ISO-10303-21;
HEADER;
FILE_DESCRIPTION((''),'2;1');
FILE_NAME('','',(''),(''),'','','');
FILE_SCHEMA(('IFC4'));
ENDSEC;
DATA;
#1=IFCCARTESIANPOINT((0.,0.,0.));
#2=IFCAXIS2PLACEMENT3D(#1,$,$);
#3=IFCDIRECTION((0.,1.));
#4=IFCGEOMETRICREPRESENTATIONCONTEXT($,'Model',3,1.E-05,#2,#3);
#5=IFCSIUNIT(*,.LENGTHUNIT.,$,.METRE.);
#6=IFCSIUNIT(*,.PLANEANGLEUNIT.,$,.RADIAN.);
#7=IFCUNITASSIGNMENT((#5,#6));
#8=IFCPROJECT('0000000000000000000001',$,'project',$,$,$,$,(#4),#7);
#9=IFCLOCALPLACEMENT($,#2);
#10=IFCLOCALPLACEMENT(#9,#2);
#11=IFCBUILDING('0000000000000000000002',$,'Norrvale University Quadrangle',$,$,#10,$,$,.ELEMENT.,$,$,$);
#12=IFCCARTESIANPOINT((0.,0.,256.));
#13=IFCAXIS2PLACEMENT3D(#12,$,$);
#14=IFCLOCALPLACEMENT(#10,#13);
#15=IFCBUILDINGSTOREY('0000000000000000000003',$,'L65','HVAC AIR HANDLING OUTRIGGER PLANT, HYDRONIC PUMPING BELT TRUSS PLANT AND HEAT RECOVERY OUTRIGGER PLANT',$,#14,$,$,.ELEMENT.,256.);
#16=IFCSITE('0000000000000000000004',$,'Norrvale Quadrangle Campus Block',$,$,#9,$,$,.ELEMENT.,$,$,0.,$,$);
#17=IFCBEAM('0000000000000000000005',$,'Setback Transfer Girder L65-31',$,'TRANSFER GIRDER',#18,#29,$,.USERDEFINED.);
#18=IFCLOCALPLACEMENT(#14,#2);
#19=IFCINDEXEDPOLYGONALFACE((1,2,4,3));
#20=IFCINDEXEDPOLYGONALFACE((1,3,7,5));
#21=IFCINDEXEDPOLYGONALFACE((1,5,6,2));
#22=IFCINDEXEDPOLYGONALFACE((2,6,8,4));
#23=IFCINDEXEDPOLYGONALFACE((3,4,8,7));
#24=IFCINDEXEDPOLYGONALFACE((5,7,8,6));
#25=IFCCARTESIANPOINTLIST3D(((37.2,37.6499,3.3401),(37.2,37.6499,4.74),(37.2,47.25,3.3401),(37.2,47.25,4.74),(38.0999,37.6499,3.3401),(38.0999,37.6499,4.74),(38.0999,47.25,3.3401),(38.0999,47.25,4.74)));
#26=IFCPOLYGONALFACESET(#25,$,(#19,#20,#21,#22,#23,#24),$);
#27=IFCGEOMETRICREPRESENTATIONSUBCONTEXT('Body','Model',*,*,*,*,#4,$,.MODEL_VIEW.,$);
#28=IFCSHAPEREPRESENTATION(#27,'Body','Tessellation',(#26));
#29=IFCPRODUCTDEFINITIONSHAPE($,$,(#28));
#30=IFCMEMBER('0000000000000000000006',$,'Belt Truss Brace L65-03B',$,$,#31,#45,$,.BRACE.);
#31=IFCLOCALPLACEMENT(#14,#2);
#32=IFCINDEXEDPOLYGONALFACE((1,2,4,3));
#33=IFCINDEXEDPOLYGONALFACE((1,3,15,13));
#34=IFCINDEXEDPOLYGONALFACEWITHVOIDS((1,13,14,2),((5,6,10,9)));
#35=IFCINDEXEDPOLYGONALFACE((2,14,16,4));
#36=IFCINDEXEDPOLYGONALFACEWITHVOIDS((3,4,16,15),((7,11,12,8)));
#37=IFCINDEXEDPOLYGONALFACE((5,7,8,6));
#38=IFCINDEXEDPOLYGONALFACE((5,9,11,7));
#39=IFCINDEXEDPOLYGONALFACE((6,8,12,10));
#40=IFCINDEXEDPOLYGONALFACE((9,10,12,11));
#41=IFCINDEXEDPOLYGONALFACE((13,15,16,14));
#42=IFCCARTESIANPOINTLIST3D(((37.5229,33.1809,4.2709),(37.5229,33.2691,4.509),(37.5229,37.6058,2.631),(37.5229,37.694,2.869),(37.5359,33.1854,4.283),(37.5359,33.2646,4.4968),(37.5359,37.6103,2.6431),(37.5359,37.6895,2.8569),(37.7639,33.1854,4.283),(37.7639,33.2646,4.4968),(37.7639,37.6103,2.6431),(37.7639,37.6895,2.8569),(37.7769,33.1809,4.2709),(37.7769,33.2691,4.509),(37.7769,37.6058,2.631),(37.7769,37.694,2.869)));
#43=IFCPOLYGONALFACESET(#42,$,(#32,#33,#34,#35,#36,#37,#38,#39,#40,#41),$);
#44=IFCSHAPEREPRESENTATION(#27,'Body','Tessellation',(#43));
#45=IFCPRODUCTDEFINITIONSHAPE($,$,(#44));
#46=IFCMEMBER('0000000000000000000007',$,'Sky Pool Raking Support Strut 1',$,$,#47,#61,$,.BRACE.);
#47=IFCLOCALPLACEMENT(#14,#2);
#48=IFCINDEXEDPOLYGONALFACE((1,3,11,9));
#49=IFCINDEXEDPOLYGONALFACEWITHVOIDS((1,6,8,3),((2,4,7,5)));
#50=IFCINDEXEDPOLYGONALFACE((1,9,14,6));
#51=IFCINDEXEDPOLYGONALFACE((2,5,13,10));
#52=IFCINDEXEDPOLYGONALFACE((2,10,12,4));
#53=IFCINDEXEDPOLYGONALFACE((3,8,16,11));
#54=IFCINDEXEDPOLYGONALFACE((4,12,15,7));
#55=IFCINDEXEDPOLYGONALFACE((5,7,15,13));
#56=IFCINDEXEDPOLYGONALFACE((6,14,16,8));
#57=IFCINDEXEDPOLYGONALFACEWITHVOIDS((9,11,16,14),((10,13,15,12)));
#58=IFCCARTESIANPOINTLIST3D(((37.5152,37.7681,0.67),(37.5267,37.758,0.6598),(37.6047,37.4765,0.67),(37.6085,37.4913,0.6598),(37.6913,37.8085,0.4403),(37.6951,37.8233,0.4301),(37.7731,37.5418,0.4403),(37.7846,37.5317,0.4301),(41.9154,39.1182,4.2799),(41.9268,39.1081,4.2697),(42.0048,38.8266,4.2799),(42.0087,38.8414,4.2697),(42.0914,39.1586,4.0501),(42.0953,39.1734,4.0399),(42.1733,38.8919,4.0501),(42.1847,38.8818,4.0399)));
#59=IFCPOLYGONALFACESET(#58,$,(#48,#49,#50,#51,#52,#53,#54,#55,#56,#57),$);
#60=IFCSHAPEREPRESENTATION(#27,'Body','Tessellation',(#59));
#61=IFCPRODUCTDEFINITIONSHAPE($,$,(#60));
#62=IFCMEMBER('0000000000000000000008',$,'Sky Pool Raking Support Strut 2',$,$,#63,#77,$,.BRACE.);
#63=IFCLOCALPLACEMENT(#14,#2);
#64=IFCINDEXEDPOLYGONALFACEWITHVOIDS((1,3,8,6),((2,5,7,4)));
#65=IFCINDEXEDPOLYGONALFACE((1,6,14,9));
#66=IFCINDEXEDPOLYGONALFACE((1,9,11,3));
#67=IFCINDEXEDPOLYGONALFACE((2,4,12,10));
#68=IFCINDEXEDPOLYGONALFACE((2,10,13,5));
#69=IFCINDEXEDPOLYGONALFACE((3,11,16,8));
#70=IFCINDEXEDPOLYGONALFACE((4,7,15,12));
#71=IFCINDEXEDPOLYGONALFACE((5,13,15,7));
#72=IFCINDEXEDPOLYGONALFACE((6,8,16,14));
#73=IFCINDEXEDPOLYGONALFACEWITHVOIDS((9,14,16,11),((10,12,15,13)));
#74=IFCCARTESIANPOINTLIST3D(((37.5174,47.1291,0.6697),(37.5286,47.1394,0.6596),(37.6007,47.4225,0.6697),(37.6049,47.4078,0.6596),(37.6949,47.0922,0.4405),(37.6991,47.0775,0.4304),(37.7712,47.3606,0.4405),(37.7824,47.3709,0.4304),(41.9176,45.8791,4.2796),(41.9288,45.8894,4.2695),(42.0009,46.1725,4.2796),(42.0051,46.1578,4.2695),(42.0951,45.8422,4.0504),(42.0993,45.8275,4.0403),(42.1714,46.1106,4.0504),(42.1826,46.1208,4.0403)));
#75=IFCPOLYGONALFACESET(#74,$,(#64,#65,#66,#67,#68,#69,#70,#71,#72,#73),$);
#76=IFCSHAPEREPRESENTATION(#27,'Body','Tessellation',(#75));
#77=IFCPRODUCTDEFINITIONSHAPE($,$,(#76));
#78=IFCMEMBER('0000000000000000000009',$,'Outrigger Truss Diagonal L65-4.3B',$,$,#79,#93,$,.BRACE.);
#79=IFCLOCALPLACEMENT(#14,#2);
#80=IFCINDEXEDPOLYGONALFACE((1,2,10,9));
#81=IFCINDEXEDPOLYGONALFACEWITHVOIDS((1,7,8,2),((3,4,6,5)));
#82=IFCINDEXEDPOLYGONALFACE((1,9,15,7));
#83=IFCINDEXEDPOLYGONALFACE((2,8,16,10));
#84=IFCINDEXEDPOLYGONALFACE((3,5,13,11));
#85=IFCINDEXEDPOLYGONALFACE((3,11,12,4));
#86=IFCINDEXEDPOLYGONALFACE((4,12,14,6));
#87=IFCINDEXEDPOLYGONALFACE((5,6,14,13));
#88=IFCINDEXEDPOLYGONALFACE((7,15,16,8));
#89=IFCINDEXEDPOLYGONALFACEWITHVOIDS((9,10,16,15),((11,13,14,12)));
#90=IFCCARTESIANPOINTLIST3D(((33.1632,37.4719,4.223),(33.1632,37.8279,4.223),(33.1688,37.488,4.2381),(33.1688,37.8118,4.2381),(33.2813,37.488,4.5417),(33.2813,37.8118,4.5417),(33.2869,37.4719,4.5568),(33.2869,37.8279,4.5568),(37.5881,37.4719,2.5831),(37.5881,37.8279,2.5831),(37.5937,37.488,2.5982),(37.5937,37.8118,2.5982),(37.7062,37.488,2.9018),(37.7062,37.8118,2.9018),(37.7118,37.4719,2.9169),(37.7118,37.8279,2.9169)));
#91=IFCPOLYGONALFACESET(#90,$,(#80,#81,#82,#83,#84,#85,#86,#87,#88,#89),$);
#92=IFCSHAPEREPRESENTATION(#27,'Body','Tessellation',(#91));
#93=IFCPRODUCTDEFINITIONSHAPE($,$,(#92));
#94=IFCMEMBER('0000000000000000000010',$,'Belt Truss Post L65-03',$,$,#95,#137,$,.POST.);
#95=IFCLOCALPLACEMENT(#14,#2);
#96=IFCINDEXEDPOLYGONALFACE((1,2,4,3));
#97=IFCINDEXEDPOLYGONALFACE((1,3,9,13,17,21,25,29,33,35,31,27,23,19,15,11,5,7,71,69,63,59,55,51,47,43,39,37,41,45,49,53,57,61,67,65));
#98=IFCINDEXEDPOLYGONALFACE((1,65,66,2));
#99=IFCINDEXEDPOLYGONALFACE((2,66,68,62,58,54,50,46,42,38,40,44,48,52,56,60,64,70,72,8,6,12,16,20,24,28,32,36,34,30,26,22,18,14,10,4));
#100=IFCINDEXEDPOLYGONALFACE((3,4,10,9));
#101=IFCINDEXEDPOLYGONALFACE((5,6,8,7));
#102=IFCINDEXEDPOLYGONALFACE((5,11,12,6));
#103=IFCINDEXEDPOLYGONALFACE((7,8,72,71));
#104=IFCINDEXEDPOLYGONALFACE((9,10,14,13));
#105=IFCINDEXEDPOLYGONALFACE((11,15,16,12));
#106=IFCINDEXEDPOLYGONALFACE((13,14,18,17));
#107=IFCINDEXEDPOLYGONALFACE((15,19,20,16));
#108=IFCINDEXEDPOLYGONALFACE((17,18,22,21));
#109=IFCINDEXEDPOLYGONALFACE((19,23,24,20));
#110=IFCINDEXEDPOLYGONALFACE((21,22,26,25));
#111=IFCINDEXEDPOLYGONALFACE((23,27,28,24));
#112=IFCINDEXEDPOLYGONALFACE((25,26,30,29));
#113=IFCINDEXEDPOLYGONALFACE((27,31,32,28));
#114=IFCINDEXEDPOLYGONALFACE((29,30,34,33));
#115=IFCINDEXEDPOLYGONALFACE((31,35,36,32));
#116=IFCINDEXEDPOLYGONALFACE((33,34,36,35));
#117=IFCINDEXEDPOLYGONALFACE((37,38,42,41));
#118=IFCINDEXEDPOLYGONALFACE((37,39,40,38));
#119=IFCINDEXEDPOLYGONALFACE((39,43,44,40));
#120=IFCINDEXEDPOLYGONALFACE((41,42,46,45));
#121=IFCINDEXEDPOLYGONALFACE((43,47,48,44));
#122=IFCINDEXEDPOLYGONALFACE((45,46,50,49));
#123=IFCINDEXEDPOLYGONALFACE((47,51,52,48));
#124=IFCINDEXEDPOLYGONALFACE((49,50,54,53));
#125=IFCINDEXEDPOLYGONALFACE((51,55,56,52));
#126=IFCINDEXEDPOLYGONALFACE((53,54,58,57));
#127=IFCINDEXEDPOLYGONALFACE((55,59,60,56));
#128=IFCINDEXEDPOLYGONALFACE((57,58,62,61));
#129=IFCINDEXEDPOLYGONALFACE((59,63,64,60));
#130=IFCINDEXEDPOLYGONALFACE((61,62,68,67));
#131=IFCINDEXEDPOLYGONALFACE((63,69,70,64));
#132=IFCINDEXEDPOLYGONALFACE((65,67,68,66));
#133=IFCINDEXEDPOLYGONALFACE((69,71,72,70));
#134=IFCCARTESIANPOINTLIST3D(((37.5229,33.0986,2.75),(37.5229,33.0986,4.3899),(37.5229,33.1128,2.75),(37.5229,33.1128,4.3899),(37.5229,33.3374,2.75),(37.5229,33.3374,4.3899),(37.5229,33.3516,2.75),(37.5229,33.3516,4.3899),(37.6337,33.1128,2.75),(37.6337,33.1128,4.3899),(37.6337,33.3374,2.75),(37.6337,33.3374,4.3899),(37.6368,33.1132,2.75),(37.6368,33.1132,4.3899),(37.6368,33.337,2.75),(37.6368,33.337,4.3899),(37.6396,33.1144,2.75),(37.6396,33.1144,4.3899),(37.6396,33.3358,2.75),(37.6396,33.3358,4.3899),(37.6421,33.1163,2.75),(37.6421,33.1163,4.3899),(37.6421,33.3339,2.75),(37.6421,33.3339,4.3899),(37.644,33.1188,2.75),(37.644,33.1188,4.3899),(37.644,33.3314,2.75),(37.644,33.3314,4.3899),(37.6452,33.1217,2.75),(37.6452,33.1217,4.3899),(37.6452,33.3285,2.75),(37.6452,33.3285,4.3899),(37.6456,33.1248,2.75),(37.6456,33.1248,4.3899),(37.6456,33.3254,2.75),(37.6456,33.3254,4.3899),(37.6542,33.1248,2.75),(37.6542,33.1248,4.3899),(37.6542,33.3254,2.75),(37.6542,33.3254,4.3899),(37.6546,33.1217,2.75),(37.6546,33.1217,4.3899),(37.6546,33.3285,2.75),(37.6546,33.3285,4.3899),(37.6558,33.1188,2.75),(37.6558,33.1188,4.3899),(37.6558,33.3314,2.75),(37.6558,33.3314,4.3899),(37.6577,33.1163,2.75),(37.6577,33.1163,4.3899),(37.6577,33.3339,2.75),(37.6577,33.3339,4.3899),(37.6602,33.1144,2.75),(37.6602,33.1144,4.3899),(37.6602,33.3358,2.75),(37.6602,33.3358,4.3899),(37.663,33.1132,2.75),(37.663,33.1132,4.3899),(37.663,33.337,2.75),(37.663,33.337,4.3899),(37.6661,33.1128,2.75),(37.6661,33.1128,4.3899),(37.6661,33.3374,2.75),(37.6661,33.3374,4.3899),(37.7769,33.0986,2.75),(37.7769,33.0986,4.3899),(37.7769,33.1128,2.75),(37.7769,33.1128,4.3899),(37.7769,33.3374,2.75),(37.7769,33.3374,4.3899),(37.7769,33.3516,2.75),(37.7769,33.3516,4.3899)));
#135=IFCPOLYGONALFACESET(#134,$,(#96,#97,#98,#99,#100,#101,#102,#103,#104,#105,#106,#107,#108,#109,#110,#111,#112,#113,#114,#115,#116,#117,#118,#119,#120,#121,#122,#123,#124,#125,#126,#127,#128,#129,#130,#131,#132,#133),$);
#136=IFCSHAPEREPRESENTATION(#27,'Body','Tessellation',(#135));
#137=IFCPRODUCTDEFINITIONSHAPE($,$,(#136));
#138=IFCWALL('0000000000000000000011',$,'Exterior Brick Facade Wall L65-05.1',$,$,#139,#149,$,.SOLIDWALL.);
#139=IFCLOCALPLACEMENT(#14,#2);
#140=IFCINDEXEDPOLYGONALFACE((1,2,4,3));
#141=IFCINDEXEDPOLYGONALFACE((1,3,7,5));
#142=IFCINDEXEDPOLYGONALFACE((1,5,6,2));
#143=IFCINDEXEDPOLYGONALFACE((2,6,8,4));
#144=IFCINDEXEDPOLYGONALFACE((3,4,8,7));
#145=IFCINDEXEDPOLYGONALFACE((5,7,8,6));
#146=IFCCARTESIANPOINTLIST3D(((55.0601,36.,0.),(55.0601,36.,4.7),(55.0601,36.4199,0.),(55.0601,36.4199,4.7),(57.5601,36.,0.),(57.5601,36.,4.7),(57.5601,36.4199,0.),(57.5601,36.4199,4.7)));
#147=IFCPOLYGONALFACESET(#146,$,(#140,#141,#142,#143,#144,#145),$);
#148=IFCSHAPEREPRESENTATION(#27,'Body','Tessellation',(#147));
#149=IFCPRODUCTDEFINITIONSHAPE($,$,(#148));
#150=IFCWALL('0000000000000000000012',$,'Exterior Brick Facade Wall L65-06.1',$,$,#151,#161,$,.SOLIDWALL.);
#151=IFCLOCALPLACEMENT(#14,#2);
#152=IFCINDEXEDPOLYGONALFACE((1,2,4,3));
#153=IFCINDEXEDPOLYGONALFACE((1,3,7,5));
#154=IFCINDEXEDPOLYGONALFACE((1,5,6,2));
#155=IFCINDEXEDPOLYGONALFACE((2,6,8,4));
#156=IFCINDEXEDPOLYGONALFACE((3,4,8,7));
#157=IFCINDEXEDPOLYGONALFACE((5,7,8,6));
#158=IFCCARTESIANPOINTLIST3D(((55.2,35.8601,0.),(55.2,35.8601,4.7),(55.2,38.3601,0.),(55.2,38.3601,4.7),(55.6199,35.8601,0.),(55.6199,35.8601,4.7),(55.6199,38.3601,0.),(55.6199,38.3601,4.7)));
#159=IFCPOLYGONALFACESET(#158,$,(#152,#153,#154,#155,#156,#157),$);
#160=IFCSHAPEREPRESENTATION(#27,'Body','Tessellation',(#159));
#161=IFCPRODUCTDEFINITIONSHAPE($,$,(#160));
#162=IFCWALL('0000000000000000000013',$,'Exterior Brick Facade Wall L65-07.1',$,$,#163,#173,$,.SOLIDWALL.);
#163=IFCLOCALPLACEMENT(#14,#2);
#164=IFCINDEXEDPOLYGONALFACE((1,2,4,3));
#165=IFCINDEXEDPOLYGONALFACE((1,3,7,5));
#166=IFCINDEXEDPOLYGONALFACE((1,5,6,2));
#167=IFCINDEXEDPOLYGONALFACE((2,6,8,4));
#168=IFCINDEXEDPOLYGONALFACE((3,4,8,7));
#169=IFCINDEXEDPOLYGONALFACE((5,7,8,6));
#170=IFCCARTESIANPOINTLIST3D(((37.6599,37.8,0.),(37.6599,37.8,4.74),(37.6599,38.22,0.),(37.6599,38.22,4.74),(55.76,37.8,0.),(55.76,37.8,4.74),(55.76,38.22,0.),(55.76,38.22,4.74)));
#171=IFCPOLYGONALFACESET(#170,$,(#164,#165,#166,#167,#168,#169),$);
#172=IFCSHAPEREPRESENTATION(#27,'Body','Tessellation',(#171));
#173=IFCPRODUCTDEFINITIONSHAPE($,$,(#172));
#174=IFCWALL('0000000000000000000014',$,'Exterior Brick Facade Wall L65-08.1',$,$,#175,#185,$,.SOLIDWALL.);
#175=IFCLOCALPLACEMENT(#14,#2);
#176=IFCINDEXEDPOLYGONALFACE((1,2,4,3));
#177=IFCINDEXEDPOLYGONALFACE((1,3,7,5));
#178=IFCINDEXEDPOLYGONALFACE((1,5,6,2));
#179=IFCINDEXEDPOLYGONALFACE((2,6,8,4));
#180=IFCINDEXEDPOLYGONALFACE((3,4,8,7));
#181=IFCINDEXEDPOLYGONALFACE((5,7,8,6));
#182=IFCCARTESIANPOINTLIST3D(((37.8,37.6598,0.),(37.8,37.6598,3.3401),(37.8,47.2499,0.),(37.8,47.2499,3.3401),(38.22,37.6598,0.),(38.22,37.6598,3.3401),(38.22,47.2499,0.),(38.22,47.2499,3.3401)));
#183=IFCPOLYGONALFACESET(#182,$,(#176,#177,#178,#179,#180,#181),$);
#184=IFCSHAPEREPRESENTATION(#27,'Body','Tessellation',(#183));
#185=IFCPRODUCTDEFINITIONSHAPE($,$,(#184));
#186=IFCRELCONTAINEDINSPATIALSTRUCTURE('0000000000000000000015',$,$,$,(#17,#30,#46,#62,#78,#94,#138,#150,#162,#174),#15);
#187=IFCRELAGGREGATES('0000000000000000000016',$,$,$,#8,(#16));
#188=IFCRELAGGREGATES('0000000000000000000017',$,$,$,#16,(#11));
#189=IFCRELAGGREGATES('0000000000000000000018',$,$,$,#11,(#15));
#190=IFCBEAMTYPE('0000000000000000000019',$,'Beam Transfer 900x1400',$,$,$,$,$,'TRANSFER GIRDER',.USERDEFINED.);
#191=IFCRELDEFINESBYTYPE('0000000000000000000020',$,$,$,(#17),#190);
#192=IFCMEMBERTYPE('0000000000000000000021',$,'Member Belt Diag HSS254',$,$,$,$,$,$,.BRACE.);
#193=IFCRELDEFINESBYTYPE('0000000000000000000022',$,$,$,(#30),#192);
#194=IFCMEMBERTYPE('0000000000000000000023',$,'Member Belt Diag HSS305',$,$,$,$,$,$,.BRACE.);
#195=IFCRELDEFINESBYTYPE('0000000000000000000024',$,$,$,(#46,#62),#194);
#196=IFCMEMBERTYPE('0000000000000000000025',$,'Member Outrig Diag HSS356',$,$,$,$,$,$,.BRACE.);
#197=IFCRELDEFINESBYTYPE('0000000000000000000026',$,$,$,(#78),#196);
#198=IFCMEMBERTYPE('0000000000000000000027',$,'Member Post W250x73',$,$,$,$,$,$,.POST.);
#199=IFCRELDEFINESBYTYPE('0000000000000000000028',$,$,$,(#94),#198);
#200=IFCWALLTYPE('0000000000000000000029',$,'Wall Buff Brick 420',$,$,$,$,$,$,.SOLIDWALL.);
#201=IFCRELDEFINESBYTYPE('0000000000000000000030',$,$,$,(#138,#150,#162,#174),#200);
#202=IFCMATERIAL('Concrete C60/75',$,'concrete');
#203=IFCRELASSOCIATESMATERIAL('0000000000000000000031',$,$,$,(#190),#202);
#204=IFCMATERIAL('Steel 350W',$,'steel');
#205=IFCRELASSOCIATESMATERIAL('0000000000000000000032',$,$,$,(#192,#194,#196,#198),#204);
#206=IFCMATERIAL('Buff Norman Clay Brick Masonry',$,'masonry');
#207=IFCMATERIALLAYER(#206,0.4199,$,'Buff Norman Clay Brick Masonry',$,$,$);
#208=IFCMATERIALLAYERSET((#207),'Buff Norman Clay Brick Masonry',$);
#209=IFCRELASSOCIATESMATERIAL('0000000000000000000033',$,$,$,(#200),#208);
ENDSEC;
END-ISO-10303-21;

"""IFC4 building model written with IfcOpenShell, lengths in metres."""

from ifc_helpers import new_model, si_unit, direction, frame, frame_2d, origin, origin_2d, place, context, subcontext, project, spatial, rectangle, hollow_rectangle, i_section, extrude, material, layer, layer_set, material_profile, profile_set, type_object, element, save


model = new_model("IFC4")

# Units and contexts
model_context = context("Model", 3, precision=1e-05, world=origin(), true_north=direction((0.0, 1.0)))
body_context = subcontext(model_context, "Body", "Model", "MODEL_VIEW")
ifc_project = project(units=[si_unit("LENGTHUNIT", "METRE"), si_unit("PLANEANGLEUNIT", "RADIAN")], contexts=[model_context])

# Site, building, storey
site_placement = place(None, origin())
site = spatial("IfcSite", under=ifc_project, at=site_placement, Name="Norrvale Quadrangle Campus Block", CompositionType="ELEMENT", RefElevation=0.0)
building_placement = place(site_placement, origin())
building = spatial("IfcBuilding", under=site, at=building_placement, Name="Norrvale University Quadrangle", CompositionType="ELEMENT")
storey_placement = place(building_placement, frame((0.0, 0.0, 256.0)))
storey = spatial("IfcBuildingStorey", under=building, at=storey_placement, Name="L65", Description="HVAC AIR HANDLING OUTRIGGER PLANT, HYDRONIC PUMPING BELT TRUSS PLANT AND HEAT RECOVERY OUTRIGGER PLANT", CompositionType="ELEMENT", Elevation=256.0)

# Shared definitions
ifc_material_1 = material(Name="Concrete C60/75", Category="concrete")

# Beam
ifc_material_2 = material(Name="Steel 350W", Category="steel")
ifc_material_profile_1 = material_profile(ifc_material_1, rectangle(XDim=0.8999, YDim=1.3999, at=origin_2d()), Name="Concrete C60/75")
ifc_profile_set_1 = profile_set([ifc_material_profile_1], Name="Concrete C60/75")
beam_type_1 = type_object("IfcBeamType", Name="Beam Transfer 900x1400", ElementType="TRANSFER GIRDER", PredefinedType="USERDEFINED", material=ifc_profile_set_1)
beam_1_placement = place(storey_placement, frame((37.6499, 37.6499, 4.04), z_axis=(0.0, 1.0, 0.0), x_axis=(-1.0, 0.0, 0.0)))
element("IfcBeam", 1, at=beam_1_placement, inside=storey, type_object=beam_type_1, Name="Setback Transfer Girder L65-31", ObjectType="TRANSFER GIRDER", PredefinedType="USERDEFINED", context=body_context, shape_type="SweptSolid", body=[
    extrude(rectangle(XDim=0.8999, YDim=1.3999, at=origin_2d()), origin(), (0.0, 0.0, 1.0), 9.6001),
])

# Members
ifc_material_profile_2 = material_profile(ifc_material_2, hollow_rectangle(XDim=0.2539, YDim=0.2539, WallThickness=0.0129, at=origin_2d()), Name="Steel 350W")
ifc_profile_set_2 = profile_set([ifc_material_profile_2], Name="Steel 350W")
member_type_1 = type_object("IfcMemberType", Name="Member Belt Diag HSS254", PredefinedType="BRACE", material=ifc_profile_set_2)
member_1_placement = place(storey_placement, frame((37.6499, 37.6499, 2.75), z_axis=(0.0, -0.937674, 0.347515), x_axis=(1.0, 0.0, 0.0)))
element("IfcMember", 2, at=member_1_placement, inside=storey, type_object=member_type_1, Name="Belt Truss Brace L65-03B", PredefinedType="BRACE", context=body_context, shape_type="SweptSolid", body=[
    extrude(hollow_rectangle(XDim=0.2539, YDim=0.2539, WallThickness=0.0129, at=origin_2d()), origin(), (0.0, 0.0, 1.0), 4.719),
])
ifc_material_profile_3 = material_profile(ifc_material_2, hollow_rectangle(XDim=0.3049, YDim=0.3049, WallThickness=0.0129, at=origin_2d()), Name="Steel 350W")
ifc_profile_set_3 = profile_set([ifc_material_profile_3], Name="Steel 350W")
member_type_2 = type_object("IfcMemberType", Name="Member Belt Diag HSS305", PredefinedType="BRACE", material=ifc_profile_set_3)
member_2_placement = place(storey_placement, frame((37.6499, 37.6499, 0.55), z_axis=(0.752242, 0.230811, 0.617137), x_axis=(-0.293333, 0.95601, 0.0)))
element("IfcMember", 3, at=member_2_placement, inside=storey, type_object=member_type_2, Name="Sky Pool Raking Support Strut 1", PredefinedType="BRACE", context=body_context, shape_type="SweptSolid", body=[
    extrude(hollow_rectangle(XDim=0.3049, YDim=0.3049, WallThickness=0.0129, at=origin_2d()), origin(), (0.0, 0.0, 1.0), 5.8494),
])
member_3_placement = place(storey_placement, frame((37.6499, 47.25, 0.55), z_axis=(0.75512, -0.214516, 0.619497), x_axis=(0.273269, 0.961938, 0.0)))
element("IfcMember", 4, at=member_3_placement, inside=storey, type_object=member_type_2, Name="Sky Pool Raking Support Strut 2", PredefinedType="BRACE", context=body_context, shape_type="SweptSolid", body=[
    extrude(hollow_rectangle(XDim=0.3049, YDim=0.3049, WallThickness=0.0129, at=origin_2d()), origin(), (0.0, 0.0, 1.0), 5.8271),
])
ifc_material_profile_4 = material_profile(ifc_material_2, hollow_rectangle(XDim=0.356, YDim=0.356, WallThickness=0.0161, at=origin_2d()), Name="Steel 350W")
ifc_profile_set_4 = profile_set([ifc_material_profile_4], Name="Steel 350W")
member_type_3 = type_object("IfcMemberType", Name="Member Outrig Diag HSS356", PredefinedType="BRACE", material=ifc_profile_set_4)
member_4_placement = place(storey_placement, frame((37.6499, 37.6499, 2.75), z_axis=(-0.937674, 0.0, 0.347515), x_axis=(0.0, -1.0, 0.0)))
element("IfcMember", 5, at=member_4_placement, inside=storey, type_object=member_type_3, Name="Outrigger Truss Diagonal L65-4.3B", PredefinedType="BRACE", context=body_context, shape_type="SweptSolid", body=[
    extrude(hollow_rectangle(XDim=0.356, YDim=0.356, WallThickness=0.0161, at=origin_2d()), origin(), (0.0, 0.0, 1.0), 4.719),
])
ifc_material_profile_5 = material_profile(ifc_material_2, i_section(OverallWidth=0.2539, OverallDepth=0.2529, WebThickness=0.0085, FlangeThickness=0.0142, FilletRadius=0.012, at=origin_2d()), Name="Steel 350W")
ifc_profile_set_5 = profile_set([ifc_material_profile_5], Name="Steel 350W")
member_type_4 = type_object("IfcMemberType", Name="Member Post W250x73", PredefinedType="POST", material=ifc_profile_set_5)
member_5_placement = place(storey_placement, frame((37.6499, 33.2251, 2.75), z_axis=(0.0, 0.0, 1.0), x_axis=(1.0, 0.0, 0.0)))
element("IfcMember", 6, at=member_5_placement, inside=storey, type_object=member_type_4, Name="Belt Truss Post L65-03", PredefinedType="POST", context=body_context, shape_type="SweptSolid", body=[
    extrude(i_section(OverallWidth=0.2539, OverallDepth=0.2529, WebThickness=0.0085, FlangeThickness=0.0142, FilletRadius=0.012, at=origin_2d()), origin(), (0.0, 0.0, 1.0), 1.6399),
])

# Walls
ifc_material_3 = material(Name="Buff Norman Clay Brick Masonry", Category="masonry")
ifc_layer = layer(ifc_material_3, 0.4199, Name="Buff Norman Clay Brick Masonry")
ifc_layer_set = layer_set([ifc_layer], Name="Buff Norman Clay Brick Masonry")
wall_type = type_object("IfcWallType", Name="Wall Buff Brick 420", PredefinedType="SOLIDWALL", material=ifc_layer_set)
for number, where, z_axis, x_axis, name in (
    (7, (57.5601, 36.21, 0.0), (0.0, 0.0, 1.0), (-1.0, 0.0, 0.0), "Exterior Brick Facade Wall L65-05.1"),
    (8, (55.4099, 35.8601, 0.0), (0.0, 0.0, 1.0), (0.0, 1.0, 0.0), "Exterior Brick Facade Wall L65-06.1"),
):
    element("IfcWall", number, at=place(storey_placement, frame(where, z_axis=z_axis, x_axis=x_axis)), inside=storey, type_object=wall_type, Name=name, PredefinedType="SOLIDWALL", context=body_context, shape_type="SweptSolid", body=[
        extrude(rectangle(XDim=2.5, YDim=0.4199, at=frame_2d((1.25, 0.0))), origin(), (0.0, 0.0, 1.0), 4.7),
    ])
wall_1_placement = place(storey_placement, frame((55.76, 38.01, 0.0), z_axis=(0.0, 0.0, 1.0), x_axis=(-1.0, 0.0, 0.0)))
element("IfcWall", 9, at=wall_1_placement, inside=storey, type_object=wall_type, Name="Exterior Brick Facade Wall L65-07.1", PredefinedType="SOLIDWALL", context=body_context, shape_type="SweptSolid", body=[
    extrude(rectangle(XDim=18.1001, YDim=0.4199, at=frame_2d((9.05, 0.0))), origin(), (0.0, 0.0, 1.0), 4.74),
])
wall_2_placement = place(storey_placement, frame((38.01, 37.6599, 0.0), z_axis=(0.0, 0.0, 1.0), x_axis=(0.0, 1.0, 0.0)))
element("IfcWall", 10, at=wall_2_placement, inside=storey, type_object=wall_type, Name="Exterior Brick Facade Wall L65-08.1", PredefinedType="SOLIDWALL", context=body_context, shape_type="SweptSolid", body=[
    extrude(rectangle(XDim=9.5901, YDim=0.4199, at=frame_2d((4.7949, 0.0))), origin(), (0.0, 0.0, 1.0), 3.3401),
])

save(model, "model.ifc")
